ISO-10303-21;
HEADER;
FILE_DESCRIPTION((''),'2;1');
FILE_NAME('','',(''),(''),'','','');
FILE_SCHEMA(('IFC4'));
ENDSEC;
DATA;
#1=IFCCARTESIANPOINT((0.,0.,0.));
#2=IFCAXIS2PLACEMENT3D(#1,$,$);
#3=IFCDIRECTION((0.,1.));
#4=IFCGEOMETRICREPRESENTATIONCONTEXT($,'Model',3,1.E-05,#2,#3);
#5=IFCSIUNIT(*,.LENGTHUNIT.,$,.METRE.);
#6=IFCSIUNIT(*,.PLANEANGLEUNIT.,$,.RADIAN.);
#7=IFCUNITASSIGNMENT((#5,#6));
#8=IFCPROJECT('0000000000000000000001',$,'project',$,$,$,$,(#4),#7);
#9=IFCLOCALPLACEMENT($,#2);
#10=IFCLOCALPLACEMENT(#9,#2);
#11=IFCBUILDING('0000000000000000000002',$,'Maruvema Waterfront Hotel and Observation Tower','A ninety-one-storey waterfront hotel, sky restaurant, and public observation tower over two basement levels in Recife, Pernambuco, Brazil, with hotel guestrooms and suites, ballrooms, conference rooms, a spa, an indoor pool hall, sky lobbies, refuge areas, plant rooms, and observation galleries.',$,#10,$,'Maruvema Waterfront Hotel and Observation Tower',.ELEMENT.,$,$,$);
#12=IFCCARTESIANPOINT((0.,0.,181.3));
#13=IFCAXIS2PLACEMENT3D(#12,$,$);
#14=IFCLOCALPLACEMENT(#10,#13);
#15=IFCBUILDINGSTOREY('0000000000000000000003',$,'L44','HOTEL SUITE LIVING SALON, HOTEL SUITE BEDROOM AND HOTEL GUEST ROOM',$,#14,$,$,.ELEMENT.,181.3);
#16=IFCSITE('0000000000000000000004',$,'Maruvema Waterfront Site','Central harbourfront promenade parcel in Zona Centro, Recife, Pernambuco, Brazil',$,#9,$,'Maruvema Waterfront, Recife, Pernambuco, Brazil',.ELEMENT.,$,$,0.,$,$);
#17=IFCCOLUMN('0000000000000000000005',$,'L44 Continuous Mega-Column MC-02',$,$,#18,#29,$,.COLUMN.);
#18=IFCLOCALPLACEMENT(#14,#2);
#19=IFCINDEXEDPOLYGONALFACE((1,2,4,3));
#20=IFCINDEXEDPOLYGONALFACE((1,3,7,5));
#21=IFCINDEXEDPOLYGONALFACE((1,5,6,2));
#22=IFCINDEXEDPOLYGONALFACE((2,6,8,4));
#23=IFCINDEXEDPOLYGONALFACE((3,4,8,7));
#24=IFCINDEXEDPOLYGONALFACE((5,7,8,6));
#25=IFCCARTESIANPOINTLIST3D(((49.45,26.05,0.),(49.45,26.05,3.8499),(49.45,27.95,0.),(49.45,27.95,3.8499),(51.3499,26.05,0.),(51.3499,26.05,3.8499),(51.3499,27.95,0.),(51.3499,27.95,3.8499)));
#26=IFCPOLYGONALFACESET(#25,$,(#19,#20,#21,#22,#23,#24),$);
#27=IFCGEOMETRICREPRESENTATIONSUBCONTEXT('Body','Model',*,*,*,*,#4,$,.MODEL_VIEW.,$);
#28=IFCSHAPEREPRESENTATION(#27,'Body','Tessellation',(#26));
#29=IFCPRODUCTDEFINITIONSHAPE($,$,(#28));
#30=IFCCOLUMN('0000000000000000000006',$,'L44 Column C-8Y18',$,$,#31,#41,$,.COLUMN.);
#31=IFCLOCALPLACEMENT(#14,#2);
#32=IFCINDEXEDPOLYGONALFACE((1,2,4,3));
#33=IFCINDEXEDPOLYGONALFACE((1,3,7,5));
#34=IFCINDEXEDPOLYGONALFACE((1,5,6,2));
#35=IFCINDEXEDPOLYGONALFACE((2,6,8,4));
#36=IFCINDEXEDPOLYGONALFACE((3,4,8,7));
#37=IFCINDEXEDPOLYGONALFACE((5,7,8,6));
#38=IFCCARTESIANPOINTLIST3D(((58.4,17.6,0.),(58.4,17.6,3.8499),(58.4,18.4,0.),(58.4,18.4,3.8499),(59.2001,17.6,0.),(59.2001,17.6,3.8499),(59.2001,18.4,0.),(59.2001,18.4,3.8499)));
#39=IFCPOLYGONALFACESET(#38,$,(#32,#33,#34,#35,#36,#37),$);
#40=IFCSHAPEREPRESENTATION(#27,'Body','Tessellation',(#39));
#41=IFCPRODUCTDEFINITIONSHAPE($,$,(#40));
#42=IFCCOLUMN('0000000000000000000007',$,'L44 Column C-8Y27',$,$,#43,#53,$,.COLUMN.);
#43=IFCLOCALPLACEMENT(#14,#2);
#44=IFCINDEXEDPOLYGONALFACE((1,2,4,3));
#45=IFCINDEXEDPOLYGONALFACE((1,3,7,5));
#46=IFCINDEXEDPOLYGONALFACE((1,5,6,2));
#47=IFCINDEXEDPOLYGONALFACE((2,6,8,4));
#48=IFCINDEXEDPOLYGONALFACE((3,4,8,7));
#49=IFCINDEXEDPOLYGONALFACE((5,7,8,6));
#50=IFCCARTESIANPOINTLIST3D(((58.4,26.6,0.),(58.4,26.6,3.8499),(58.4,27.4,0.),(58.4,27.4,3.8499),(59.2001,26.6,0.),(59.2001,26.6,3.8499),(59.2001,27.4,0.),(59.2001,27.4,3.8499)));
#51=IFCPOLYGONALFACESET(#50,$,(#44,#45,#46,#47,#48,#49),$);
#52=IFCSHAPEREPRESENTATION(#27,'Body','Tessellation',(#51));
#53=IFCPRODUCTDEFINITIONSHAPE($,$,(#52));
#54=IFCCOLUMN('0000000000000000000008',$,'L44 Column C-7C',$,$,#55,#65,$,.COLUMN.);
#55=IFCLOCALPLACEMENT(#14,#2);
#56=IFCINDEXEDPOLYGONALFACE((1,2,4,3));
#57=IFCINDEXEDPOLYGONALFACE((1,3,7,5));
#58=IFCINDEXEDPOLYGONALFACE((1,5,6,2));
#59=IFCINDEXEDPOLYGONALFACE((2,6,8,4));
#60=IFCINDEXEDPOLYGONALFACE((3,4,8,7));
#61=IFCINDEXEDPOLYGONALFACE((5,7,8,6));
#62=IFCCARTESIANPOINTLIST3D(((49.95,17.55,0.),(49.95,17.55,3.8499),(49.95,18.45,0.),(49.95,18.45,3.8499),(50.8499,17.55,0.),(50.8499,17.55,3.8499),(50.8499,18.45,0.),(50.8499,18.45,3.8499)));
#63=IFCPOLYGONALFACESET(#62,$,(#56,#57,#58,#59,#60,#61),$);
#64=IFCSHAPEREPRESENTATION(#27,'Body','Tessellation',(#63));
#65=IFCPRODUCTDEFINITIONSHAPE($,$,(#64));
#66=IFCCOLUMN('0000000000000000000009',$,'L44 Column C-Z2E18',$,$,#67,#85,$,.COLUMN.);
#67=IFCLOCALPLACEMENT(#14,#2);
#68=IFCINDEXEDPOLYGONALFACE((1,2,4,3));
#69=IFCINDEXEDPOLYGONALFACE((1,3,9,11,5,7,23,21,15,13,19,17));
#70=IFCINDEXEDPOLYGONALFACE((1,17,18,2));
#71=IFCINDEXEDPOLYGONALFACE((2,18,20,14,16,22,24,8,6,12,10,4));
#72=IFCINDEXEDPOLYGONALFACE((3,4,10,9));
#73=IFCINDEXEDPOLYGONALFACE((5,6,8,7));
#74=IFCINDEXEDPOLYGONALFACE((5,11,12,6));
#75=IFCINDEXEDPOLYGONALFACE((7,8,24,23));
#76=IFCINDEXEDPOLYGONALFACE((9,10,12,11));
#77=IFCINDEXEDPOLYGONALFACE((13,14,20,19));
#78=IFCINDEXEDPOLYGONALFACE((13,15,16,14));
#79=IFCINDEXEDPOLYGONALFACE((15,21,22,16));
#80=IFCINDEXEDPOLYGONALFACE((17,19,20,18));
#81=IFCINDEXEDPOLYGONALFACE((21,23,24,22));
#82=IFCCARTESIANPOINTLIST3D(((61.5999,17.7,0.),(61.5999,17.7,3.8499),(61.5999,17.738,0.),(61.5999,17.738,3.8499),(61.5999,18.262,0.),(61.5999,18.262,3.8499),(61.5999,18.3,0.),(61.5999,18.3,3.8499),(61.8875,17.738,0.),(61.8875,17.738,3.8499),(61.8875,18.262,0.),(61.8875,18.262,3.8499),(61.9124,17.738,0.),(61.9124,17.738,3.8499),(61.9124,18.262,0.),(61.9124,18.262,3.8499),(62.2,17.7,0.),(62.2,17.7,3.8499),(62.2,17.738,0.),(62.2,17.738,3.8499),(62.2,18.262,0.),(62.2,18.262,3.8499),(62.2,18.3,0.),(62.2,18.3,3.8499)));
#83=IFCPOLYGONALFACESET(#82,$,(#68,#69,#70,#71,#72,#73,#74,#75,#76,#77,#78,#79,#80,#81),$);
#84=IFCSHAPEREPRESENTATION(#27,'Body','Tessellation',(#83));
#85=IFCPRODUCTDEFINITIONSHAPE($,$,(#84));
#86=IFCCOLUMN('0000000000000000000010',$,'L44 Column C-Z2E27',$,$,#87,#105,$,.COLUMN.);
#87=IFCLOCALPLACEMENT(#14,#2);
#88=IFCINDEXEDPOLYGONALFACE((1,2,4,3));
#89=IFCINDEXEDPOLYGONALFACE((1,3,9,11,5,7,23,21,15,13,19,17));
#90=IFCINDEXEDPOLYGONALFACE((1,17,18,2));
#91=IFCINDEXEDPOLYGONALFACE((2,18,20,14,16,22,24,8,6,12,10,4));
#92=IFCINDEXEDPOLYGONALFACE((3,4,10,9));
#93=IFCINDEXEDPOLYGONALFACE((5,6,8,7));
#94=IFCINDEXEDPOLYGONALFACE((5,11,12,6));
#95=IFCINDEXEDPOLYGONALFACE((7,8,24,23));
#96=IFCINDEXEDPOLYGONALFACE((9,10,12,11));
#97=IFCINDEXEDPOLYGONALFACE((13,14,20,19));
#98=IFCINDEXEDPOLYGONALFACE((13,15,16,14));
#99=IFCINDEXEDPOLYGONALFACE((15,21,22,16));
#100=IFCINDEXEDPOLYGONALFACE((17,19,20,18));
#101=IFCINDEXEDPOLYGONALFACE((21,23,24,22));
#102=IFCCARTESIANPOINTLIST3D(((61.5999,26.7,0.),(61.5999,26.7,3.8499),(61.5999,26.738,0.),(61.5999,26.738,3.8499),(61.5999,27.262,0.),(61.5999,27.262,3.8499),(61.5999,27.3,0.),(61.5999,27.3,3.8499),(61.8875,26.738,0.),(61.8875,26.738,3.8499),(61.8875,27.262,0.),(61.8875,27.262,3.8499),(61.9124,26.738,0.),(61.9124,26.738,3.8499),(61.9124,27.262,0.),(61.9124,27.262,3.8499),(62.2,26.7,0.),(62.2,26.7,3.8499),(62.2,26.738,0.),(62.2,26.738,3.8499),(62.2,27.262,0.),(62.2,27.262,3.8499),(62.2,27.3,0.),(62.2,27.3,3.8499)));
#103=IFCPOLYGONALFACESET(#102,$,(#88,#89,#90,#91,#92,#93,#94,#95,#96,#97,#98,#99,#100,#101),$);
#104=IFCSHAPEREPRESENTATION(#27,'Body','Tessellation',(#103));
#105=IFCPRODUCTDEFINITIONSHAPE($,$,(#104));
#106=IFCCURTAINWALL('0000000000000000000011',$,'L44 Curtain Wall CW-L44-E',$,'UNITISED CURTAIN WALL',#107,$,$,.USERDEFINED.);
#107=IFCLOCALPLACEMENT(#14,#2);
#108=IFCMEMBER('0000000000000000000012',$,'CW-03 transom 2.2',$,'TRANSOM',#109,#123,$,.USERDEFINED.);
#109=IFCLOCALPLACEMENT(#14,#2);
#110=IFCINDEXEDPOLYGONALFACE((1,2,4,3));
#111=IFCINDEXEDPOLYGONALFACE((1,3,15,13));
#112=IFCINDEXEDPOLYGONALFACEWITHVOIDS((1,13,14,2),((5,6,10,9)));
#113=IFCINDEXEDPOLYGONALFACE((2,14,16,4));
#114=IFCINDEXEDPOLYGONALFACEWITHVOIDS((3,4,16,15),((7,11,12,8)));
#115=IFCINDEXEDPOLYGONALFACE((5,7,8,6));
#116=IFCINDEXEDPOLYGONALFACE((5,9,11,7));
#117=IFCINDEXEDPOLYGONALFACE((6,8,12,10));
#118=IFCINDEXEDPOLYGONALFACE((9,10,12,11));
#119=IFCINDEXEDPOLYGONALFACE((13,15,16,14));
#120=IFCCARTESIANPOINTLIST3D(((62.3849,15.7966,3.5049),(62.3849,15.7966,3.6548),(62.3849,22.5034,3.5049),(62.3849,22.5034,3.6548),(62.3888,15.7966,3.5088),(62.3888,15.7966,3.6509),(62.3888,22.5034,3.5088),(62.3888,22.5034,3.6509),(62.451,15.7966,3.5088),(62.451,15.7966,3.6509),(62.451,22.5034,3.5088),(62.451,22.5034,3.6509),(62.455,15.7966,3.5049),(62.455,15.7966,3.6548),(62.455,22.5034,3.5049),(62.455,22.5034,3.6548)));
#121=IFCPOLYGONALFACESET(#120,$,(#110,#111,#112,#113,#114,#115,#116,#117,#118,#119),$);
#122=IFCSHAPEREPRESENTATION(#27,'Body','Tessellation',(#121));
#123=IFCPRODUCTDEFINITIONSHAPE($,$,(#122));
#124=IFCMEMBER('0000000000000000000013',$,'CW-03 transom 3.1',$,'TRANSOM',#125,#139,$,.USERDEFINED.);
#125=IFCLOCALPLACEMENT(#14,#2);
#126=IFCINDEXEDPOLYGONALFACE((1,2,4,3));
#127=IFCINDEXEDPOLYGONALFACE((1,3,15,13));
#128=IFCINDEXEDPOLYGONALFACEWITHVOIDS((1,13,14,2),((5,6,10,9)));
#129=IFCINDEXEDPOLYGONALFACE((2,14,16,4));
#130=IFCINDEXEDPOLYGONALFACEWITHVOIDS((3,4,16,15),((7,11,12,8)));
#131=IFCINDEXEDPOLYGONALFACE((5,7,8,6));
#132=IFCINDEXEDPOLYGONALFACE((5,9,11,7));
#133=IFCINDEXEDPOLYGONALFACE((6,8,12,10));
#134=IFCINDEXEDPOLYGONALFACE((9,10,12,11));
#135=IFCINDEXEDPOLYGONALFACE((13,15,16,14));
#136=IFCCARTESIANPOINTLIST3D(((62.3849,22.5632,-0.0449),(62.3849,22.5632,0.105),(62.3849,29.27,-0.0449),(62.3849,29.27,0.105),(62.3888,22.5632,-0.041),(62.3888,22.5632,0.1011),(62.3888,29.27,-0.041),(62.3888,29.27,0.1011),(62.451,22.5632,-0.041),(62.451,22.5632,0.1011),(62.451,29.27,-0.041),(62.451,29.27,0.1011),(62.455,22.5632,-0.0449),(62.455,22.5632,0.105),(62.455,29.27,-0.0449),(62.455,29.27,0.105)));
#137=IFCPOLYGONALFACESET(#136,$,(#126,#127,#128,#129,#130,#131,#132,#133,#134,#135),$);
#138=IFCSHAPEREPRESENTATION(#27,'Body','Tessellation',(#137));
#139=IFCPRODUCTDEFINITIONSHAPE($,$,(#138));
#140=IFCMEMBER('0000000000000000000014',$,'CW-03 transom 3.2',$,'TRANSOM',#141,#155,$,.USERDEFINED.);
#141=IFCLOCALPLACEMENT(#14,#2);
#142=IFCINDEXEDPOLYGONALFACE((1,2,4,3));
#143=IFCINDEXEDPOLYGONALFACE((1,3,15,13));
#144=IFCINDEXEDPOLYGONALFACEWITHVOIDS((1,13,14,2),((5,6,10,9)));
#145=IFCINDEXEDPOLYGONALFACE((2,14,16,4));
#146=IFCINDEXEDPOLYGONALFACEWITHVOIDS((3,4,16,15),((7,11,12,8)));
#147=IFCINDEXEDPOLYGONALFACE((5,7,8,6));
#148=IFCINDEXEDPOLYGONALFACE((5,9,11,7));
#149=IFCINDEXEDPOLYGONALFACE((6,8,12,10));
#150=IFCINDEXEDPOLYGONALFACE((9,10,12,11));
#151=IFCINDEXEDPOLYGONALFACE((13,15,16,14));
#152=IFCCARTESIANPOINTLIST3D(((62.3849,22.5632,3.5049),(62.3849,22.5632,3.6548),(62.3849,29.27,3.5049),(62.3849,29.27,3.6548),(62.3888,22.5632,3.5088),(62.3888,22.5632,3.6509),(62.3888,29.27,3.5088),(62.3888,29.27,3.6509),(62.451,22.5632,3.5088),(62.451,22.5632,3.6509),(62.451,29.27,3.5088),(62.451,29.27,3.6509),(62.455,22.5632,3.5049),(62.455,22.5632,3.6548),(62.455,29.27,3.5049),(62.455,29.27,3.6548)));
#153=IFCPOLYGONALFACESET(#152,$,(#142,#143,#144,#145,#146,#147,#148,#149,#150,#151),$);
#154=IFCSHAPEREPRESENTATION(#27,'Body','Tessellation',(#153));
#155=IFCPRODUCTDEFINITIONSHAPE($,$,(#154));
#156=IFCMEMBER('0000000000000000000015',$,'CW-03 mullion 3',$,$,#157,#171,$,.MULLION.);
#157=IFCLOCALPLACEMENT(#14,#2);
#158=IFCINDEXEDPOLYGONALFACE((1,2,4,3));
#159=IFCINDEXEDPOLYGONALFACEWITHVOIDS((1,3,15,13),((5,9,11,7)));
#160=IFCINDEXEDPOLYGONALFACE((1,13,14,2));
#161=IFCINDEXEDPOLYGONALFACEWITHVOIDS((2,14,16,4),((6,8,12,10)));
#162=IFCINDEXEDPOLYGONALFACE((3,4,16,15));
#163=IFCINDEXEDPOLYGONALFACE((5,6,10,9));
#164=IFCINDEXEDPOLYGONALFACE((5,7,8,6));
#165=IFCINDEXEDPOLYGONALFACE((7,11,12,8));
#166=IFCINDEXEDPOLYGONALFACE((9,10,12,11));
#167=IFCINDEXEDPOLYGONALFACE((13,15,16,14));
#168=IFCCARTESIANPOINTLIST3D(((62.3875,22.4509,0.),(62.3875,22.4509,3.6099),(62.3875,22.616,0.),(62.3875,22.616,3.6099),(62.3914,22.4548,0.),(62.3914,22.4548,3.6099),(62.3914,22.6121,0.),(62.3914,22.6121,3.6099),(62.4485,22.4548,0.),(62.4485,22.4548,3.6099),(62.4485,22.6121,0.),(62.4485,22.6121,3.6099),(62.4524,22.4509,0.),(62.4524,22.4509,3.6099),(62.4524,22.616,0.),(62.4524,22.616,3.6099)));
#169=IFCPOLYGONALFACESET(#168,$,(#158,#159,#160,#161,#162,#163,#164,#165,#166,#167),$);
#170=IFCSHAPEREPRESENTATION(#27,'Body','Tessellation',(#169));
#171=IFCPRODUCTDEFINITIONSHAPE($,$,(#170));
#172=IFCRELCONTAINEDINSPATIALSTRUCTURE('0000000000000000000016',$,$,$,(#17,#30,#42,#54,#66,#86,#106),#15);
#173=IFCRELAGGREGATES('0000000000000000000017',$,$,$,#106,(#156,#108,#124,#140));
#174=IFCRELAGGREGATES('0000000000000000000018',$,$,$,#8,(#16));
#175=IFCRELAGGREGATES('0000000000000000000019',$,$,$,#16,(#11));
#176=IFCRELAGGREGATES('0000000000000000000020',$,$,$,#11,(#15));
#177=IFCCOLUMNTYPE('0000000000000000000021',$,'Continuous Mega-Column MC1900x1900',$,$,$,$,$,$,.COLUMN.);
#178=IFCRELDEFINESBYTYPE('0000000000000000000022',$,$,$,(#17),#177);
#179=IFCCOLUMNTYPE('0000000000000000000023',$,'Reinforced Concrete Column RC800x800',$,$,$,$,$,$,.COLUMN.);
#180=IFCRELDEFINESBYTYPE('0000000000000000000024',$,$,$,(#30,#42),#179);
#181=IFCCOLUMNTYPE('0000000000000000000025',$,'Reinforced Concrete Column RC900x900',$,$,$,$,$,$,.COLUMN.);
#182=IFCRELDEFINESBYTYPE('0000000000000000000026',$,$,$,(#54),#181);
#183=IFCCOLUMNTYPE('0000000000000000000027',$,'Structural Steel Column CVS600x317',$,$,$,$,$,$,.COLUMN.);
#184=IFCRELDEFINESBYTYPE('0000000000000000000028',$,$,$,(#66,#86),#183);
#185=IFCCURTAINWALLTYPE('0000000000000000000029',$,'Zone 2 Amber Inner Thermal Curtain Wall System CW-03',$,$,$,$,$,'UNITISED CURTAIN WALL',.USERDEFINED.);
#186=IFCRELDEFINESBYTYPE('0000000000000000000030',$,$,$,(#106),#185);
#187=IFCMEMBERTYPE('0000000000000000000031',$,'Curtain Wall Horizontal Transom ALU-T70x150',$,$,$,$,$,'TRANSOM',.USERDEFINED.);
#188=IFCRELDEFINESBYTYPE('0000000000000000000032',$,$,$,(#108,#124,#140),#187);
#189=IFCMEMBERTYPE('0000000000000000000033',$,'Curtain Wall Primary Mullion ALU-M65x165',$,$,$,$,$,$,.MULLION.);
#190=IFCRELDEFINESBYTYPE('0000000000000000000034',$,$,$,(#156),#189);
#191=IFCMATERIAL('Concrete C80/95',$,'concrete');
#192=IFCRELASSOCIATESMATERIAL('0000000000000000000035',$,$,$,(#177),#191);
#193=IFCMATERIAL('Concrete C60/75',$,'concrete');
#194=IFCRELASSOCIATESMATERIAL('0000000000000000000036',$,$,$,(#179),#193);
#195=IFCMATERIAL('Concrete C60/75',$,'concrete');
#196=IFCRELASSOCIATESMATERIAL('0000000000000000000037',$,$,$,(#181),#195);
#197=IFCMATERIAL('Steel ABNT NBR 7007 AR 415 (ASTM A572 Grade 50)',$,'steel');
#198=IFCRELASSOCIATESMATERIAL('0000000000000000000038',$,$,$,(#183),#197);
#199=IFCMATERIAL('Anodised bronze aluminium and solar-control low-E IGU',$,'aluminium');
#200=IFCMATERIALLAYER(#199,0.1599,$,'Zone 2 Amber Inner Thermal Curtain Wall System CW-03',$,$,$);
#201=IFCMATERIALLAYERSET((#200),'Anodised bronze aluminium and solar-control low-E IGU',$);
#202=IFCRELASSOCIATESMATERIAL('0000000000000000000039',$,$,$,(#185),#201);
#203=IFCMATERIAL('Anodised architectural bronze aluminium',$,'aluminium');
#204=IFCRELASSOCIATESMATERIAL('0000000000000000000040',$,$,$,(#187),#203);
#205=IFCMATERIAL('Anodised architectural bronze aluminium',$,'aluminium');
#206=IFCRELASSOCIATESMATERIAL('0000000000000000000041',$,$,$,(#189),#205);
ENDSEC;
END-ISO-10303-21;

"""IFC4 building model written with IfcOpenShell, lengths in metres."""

from ifc_helpers import new_model, si_unit, direction, frame, origin, origin_2d, place, context, subcontext, project, spatial, rectangle, hollow_rectangle, i_section, extrude, material, layer, layer_set, material_profile, profile_set, type_object, element, aggregate, save


model = new_model("IFC4")

# Units and contexts
model_context = context("Model", 3, precision=1e-05, world=origin(), true_north=direction((0.0, 1.0)))
body_context = subcontext(model_context, "Body", "Model", "MODEL_VIEW")
ifc_project = project(units=[si_unit("LENGTHUNIT", "METRE"), si_unit("PLANEANGLEUNIT", "RADIAN")], contexts=[model_context])

# Site, building, storey
site_placement = place(None, origin())
site = spatial("IfcSite", under=ifc_project, at=site_placement, Name="Maruvema Waterfront Site", Description="Central harbourfront promenade parcel in Zona Centro, Recife, Pernambuco, Brazil", LongName="Maruvema Waterfront, Recife, Pernambuco, Brazil", CompositionType="ELEMENT", RefElevation=0.0)
building_placement = place(site_placement, origin())
building = spatial("IfcBuilding", under=site, at=building_placement, Name="Maruvema Waterfront Hotel and Observation Tower", Description="A ninety-one-storey waterfront hotel, sky restaurant, and public observation tower over two basement levels in Recife, Pernambuco, Brazil, with hotel guestrooms and suites, ballrooms, conference rooms, a spa, an indoor pool hall, sky lobbies, refuge areas, plant rooms, and observation galleries.", LongName="Maruvema Waterfront Hotel and Observation Tower", CompositionType="ELEMENT")
storey_placement = place(building_placement, frame((0.0, 0.0, 181.3)))
storey = spatial("IfcBuildingStorey", under=building, at=storey_placement, Name="L44", Description="HOTEL SUITE LIVING SALON, HOTEL SUITE BEDROOM AND HOTEL GUEST ROOM", CompositionType="ELEMENT", Elevation=181.3)

# Columns
ifc_material_1 = material(Name="Concrete C80/95", Category="concrete")
ifc_material_profile_1 = material_profile(ifc_material_1, rectangle(XDim=1.8999, YDim=1.8999, at=origin_2d()), Name="MC1900x1900")
ifc_profile_set_1 = profile_set([ifc_material_profile_1], Name="Concrete C80/95")
column_type_1 = type_object("IfcColumnType", Name="Continuous Mega-Column MC1900x1900", PredefinedType="COLUMN", material=ifc_profile_set_1)
column_1_placement = place(storey_placement, frame((50.3999, 27.0, 0.0), z_axis=(0.0, 0.0, 1.0), x_axis=(1.0, 0.0, 0.0)))
element("IfcColumn", 1, at=column_1_placement, inside=storey, type_object=column_type_1, Name="L44 Continuous Mega-Column MC-02", PredefinedType="COLUMN", context=body_context, shape_type="SweptSolid", body=[
    extrude(rectangle(XDim=1.8999, YDim=1.8999, at=origin_2d()), origin(), (0.0, 0.0, 1.0), 3.8499),
])
ifc_material_2 = material(Name="Concrete C60/75", Category="concrete")
ifc_material_profile_2 = material_profile(ifc_material_2, rectangle(XDim=0.8, YDim=0.8, at=origin_2d()), Name="RC800x800")
ifc_profile_set_2 = profile_set([ifc_material_profile_2], Name="Concrete C60/75")
column_type_2 = type_object("IfcColumnType", Name="Reinforced Concrete Column RC800x800", PredefinedType="COLUMN", material=ifc_profile_set_2)
for number, where, z_axis, x_axis, name in (
    (2, (58.8, 18.0, 0.0), (0.0, 0.0, 1.0), (1.0, 0.0, 0.0), "L44 Column C-8Y18"),
    (3, (58.8, 27.0, 0.0), (0.0, 0.0, 1.0), (1.0, 0.0, 0.0), "L44 Column C-8Y27"),
):
    element("IfcColumn", number, at=place(storey_placement, frame(where, z_axis=z_axis, x_axis=x_axis)), inside=storey, type_object=column_type_2, Name=name, PredefinedType="COLUMN", context=body_context, shape_type="SweptSolid", body=[
        extrude(rectangle(XDim=0.8, YDim=0.8, at=origin_2d()), origin(), (0.0, 0.0, 1.0), 3.8499),
    ])
ifc_material_3 = material(Name="Concrete C60/75", Category="concrete")
ifc_material_profile_3 = material_profile(ifc_material_3, rectangle(XDim=0.8999, YDim=0.8999, at=origin_2d()), Name="RC900x900")
ifc_profile_set_3 = profile_set([ifc_material_profile_3], Name="Concrete C60/75")
column_type_3 = type_object("IfcColumnType", Name="Reinforced Concrete Column RC900x900", PredefinedType="COLUMN", material=ifc_profile_set_3)
column_2_placement = place(storey_placement, frame((50.3999, 18.0, 0.0), z_axis=(0.0, 0.0, 1.0), x_axis=(1.0, 0.0, 0.0)))
element("IfcColumn", 4, at=column_2_placement, inside=storey, type_object=column_type_3, Name="L44 Column C-7C", PredefinedType="COLUMN", context=body_context, shape_type="SweptSolid", body=[
    extrude(rectangle(XDim=0.8999, YDim=0.8999, at=origin_2d()), origin(), (0.0, 0.0, 1.0), 3.8499),
])
ifc_material_4 = material(Name="Steel ABNT NBR 7007 AR 415 (ASTM A572 Grade 50)", Category="steel")
ifc_material_profile_4 = material_profile(ifc_material_4, i_section(OverallWidth=0.6001, OverallDepth=0.6001, WebThickness=0.0249, FlangeThickness=0.0381, at=origin_2d()), Name="CVS600x317")
ifc_profile_set_4 = profile_set([ifc_material_profile_4], Name="Steel ABNT NBR 7007 AR 415 (ASTM A572 Grade 50)")
column_type_4 = type_object("IfcColumnType", Name="Structural Steel Column CVS600x317", PredefinedType="COLUMN", material=ifc_profile_set_4)
for number, where, z_axis, x_axis, name in (
    (5, (61.8999, 18.0, 0.0), (0.0, 0.0, 1.0), (1.0, 0.0, 0.0), "L44 Column C-Z2E18"),
    (6, (61.8999, 27.0, 0.0), (0.0, 0.0, 1.0), (1.0, 0.0, 0.0), "L44 Column C-Z2E27"),
):
    element("IfcColumn", number, at=place(storey_placement, frame(where, z_axis=z_axis, x_axis=x_axis)), inside=storey, type_object=column_type_4, Name=name, PredefinedType="COLUMN", context=body_context, shape_type="SweptSolid", body=[
        extrude(i_section(OverallWidth=0.6001, OverallDepth=0.6001, WebThickness=0.0249, FlangeThickness=0.0381, at=origin_2d()), origin(), (0.0, 0.0, 1.0), 3.8499),
    ])

# Curtain wall, members
ifc_material_5 = material(Name="Anodised bronze aluminium and solar-control low-E IGU", Category="aluminium")
ifc_layer_1 = layer(ifc_material_5, 0.1599, Name="Zone 2 Amber Inner Thermal Curtain Wall System CW-03")
ifc_layer_set_1 = layer_set([ifc_layer_1], Name="Anodised bronze aluminium and solar-control low-E IGU")
curtain_wall_type = type_object("IfcCurtainWallType", Name="Zone 2 Amber Inner Thermal Curtain Wall System CW-03", ElementType="UNITISED CURTAIN WALL", PredefinedType="USERDEFINED", material=ifc_layer_set_1)
curtain_wall_placement = place(storey_placement, origin())
curtain_wall = element("IfcCurtainWall", 7, at=curtain_wall_placement, inside=storey, type_object=curtain_wall_type, Name="L44 Curtain Wall CW-L44-E", ObjectType="UNITISED CURTAIN WALL", PredefinedType="USERDEFINED")
ifc_material_6 = material(Name="Anodised architectural bronze aluminium", Category="aluminium")
ifc_material_profile_5 = material_profile(ifc_material_6, hollow_rectangle(XDim=0.0701, YDim=0.1499, WallThickness=0.0039, at=origin_2d()), Name="ALU-T70x150")
ifc_profile_set_5 = profile_set([ifc_material_profile_5], Name="Anodised architectural bronze aluminium")
member_type_1 = type_object("IfcMemberType", Name="Curtain Wall Horizontal Transom ALU-T70x150", ElementType="TRANSOM", PredefinedType="USERDEFINED", material=ifc_profile_set_5)
member_1_placement = place(storey_placement, frame((62.4199, 15.7966, 3.5798), z_axis=(0.0, 1.0, 0.0), x_axis=(-1.0, 0.0, 0.0)))
member_1 = element("IfcMember", 8, at=member_1_placement, type_object=member_type_1, Name="CW-03 transom 2.2", ObjectType="TRANSOM", PredefinedType="USERDEFINED", context=body_context, shape_type="SweptSolid", body=[
    extrude(hollow_rectangle(XDim=0.0701, YDim=0.1499, WallThickness=0.0039, at=origin_2d()), origin(), (0.0, 0.0, 1.0), 6.7068),
])
member_2_placement = place(storey_placement, frame((62.4199, 22.5632, 0.03), z_axis=(0.0, 1.0, 0.0), x_axis=(-1.0, 0.0, 0.0)))
member_2 = element("IfcMember", 9, at=member_2_placement, type_object=member_type_1, Name="CW-03 transom 3.1", ObjectType="TRANSOM", PredefinedType="USERDEFINED", context=body_context, shape_type="SweptSolid", body=[
    extrude(hollow_rectangle(XDim=0.0701, YDim=0.1499, WallThickness=0.0039, at=origin_2d()), origin(), (0.0, 0.0, 1.0), 6.7068),
])
member_3_placement = place(storey_placement, frame((62.4199, 22.5632, 3.5798), z_axis=(0.0, 1.0, 0.0), x_axis=(-1.0, 0.0, 0.0)))
member_3 = element("IfcMember", 10, at=member_3_placement, type_object=member_type_1, Name="CW-03 transom 3.2", ObjectType="TRANSOM", PredefinedType="USERDEFINED", context=body_context, shape_type="SweptSolid", body=[
    extrude(hollow_rectangle(XDim=0.0701, YDim=0.1499, WallThickness=0.0039, at=origin_2d()), origin(), (0.0, 0.0, 1.0), 6.7068),
])
ifc_material_7 = material(Name="Anodised architectural bronze aluminium", Category="aluminium")
ifc_material_profile_6 = material_profile(ifc_material_7, hollow_rectangle(XDim=0.0649, YDim=0.165, WallThickness=0.0039, at=origin_2d()), Name="ALU-M65x165")
ifc_profile_set_6 = profile_set([ifc_material_profile_6], Name="Anodised architectural bronze aluminium")
member_type_2 = type_object("IfcMemberType", Name="Curtain Wall Primary Mullion ALU-M65x165", PredefinedType="MULLION", material=ifc_profile_set_6)
member_4_placement = place(storey_placement, frame((62.4199, 22.5334, 0.0), z_axis=(0.0, 0.0, 1.0), x_axis=(-1.0, 0.0, 0.0)))
member_4 = element("IfcMember", 11, at=member_4_placement, type_object=member_type_2, Name="CW-03 mullion 3", PredefinedType="MULLION", context=body_context, shape_type="SweptSolid", body=[
    extrude(hollow_rectangle(XDim=0.0649, YDim=0.165, WallThickness=0.0039, at=origin_2d()), origin(), (0.0, 0.0, 1.0), 3.6099),
])

aggregate(curtain_wall, [member_4, member_1, member_2, member_3])

save(model, "model.ifc")
